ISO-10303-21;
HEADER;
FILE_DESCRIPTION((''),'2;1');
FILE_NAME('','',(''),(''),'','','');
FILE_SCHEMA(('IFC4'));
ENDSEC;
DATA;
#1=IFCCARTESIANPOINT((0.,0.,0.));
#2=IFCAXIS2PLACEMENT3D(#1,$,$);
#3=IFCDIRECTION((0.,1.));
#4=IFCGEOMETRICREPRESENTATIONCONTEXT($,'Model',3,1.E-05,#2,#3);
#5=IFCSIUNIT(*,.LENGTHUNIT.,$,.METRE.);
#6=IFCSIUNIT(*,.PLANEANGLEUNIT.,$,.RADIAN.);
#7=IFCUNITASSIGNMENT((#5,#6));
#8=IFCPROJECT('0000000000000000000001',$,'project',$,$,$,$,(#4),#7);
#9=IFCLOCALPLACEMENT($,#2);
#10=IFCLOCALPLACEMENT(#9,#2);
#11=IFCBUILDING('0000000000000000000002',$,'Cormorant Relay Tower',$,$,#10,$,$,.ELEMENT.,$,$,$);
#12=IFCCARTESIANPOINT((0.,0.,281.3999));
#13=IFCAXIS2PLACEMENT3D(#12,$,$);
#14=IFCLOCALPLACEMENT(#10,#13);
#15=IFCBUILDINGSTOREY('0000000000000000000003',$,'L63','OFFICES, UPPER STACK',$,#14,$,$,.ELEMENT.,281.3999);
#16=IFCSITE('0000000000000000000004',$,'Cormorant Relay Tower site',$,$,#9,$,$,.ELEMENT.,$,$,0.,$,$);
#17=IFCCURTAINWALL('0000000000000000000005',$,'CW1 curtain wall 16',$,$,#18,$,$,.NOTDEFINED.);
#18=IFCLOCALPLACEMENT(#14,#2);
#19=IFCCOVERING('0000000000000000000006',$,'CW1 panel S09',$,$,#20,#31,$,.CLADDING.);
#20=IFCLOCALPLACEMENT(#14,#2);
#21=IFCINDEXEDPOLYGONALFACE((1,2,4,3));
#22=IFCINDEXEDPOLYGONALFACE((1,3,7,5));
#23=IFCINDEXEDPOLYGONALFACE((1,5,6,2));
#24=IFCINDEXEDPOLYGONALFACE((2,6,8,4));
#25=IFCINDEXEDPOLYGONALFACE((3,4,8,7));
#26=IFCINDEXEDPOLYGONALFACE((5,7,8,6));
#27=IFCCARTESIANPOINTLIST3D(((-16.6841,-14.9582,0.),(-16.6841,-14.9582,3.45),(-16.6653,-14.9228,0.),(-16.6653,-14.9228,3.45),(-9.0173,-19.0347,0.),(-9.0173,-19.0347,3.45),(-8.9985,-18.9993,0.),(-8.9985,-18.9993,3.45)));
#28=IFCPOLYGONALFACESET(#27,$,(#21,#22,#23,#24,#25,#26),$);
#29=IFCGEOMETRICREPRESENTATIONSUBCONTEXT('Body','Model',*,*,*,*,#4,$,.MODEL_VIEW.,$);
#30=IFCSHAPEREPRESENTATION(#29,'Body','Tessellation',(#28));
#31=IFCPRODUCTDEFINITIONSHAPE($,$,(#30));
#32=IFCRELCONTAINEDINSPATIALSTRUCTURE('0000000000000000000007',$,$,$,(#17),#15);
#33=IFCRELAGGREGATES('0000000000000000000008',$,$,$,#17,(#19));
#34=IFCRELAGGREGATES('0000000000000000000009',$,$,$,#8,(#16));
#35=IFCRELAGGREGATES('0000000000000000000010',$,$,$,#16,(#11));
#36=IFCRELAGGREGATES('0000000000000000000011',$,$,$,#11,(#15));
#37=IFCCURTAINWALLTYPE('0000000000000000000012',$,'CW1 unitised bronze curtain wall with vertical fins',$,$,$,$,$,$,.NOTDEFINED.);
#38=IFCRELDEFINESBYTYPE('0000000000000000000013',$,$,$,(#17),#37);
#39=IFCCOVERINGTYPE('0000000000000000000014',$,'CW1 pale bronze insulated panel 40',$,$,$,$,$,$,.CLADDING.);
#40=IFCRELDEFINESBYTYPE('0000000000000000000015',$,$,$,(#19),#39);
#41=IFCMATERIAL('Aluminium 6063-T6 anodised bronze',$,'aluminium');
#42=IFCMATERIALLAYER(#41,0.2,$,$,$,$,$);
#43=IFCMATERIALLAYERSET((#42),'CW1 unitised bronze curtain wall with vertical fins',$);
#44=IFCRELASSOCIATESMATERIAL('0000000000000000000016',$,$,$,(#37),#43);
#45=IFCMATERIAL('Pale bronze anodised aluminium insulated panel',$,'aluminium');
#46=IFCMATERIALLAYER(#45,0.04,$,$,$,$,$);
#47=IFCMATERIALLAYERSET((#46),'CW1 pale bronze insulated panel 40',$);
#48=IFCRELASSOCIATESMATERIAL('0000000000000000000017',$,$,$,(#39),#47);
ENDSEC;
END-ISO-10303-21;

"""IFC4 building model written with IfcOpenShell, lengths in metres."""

from ifc_helpers import new_model, si_unit, direction, frame, origin, origin_2d, place, context, subcontext, project, spatial, rectangle, extrude, material, layer, layer_set, type_object, element, aggregate, save


model = new_model("IFC4")

# Units and contexts
model_context = context("Model", 3, precision=1e-05, world=origin(), true_north=direction((0.0, 1.0)))
body_context = subcontext(model_context, "Body", "Model", "MODEL_VIEW")
ifc_project = project(units=[si_unit("LENGTHUNIT", "METRE"), si_unit("PLANEANGLEUNIT", "RADIAN")], contexts=[model_context])

# Site, building, storey
site_placement = place(None, origin())
site = spatial("IfcSite", under=ifc_project, at=site_placement, Name="Cormorant Relay Tower site", CompositionType="ELEMENT", RefElevation=0.0)
building_placement = place(site_placement, origin())
building = spatial("IfcBuilding", under=site, at=building_placement, Name="Cormorant Relay Tower", CompositionType="ELEMENT")
storey_placement = place(building_placement, frame((0.0, 0.0, 281.3999)))
storey = spatial("IfcBuildingStorey", under=building, at=storey_placement, Name="L63", Description="OFFICES, UPPER STACK", CompositionType="ELEMENT", Elevation=281.3999)

# Curtain wall
ifc_material_1 = material(Name="Aluminium 6063-T6 anodised bronze", Category="aluminium")
ifc_layer_1 = layer(ifc_material_1, 0.2)
ifc_layer_set_1 = layer_set([ifc_layer_1], Name="CW1 unitised bronze curtain wall with vertical fins")
curtain_wall_type = type_object("IfcCurtainWallType", Name="CW1 unitised bronze curtain wall with vertical fins", PredefinedType="NOTDEFINED", material=ifc_layer_set_1)
curtain_wall_placement = place(storey_placement, origin())
curtain_wall = element("IfcCurtainWall", 1, at=curtain_wall_placement, inside=storey, type_object=curtain_wall_type, Name="CW1 curtain wall 16", PredefinedType="NOTDEFINED")

# Covering
ifc_material_2 = material(Name="Pale bronze anodised aluminium insulated panel", Category="aluminium")
ifc_layer_2 = layer(ifc_material_2, 0.04)
ifc_layer_set_2 = layer_set([ifc_layer_2], Name="CW1 pale bronze insulated panel 40")
covering_type = type_object("IfcCoveringType", Name="CW1 pale bronze insulated panel 40", PredefinedType="CLADDING", material=ifc_layer_set_2)
covering_1_placement = place(storey_placement, frame((-12.8413, -16.9788, 0.0), z_axis=(0.0, 0.0, 1.0), x_axis=(0.882948, -0.469472, 0.0)))
covering_1 = element("IfcCovering", 2, at=covering_1_placement, type_object=covering_type, Name="CW1 panel S09", PredefinedType="CLADDING", context=body_context, shape_type="SweptSolid", body=[
    extrude(rectangle(XDim=8.6831, YDim=0.04, at=origin_2d()), origin(), (0.0, 0.0, 1.0), 3.45),
])
aggregate(curtain_wall, [covering_1])

save(model, "model.ifc")
